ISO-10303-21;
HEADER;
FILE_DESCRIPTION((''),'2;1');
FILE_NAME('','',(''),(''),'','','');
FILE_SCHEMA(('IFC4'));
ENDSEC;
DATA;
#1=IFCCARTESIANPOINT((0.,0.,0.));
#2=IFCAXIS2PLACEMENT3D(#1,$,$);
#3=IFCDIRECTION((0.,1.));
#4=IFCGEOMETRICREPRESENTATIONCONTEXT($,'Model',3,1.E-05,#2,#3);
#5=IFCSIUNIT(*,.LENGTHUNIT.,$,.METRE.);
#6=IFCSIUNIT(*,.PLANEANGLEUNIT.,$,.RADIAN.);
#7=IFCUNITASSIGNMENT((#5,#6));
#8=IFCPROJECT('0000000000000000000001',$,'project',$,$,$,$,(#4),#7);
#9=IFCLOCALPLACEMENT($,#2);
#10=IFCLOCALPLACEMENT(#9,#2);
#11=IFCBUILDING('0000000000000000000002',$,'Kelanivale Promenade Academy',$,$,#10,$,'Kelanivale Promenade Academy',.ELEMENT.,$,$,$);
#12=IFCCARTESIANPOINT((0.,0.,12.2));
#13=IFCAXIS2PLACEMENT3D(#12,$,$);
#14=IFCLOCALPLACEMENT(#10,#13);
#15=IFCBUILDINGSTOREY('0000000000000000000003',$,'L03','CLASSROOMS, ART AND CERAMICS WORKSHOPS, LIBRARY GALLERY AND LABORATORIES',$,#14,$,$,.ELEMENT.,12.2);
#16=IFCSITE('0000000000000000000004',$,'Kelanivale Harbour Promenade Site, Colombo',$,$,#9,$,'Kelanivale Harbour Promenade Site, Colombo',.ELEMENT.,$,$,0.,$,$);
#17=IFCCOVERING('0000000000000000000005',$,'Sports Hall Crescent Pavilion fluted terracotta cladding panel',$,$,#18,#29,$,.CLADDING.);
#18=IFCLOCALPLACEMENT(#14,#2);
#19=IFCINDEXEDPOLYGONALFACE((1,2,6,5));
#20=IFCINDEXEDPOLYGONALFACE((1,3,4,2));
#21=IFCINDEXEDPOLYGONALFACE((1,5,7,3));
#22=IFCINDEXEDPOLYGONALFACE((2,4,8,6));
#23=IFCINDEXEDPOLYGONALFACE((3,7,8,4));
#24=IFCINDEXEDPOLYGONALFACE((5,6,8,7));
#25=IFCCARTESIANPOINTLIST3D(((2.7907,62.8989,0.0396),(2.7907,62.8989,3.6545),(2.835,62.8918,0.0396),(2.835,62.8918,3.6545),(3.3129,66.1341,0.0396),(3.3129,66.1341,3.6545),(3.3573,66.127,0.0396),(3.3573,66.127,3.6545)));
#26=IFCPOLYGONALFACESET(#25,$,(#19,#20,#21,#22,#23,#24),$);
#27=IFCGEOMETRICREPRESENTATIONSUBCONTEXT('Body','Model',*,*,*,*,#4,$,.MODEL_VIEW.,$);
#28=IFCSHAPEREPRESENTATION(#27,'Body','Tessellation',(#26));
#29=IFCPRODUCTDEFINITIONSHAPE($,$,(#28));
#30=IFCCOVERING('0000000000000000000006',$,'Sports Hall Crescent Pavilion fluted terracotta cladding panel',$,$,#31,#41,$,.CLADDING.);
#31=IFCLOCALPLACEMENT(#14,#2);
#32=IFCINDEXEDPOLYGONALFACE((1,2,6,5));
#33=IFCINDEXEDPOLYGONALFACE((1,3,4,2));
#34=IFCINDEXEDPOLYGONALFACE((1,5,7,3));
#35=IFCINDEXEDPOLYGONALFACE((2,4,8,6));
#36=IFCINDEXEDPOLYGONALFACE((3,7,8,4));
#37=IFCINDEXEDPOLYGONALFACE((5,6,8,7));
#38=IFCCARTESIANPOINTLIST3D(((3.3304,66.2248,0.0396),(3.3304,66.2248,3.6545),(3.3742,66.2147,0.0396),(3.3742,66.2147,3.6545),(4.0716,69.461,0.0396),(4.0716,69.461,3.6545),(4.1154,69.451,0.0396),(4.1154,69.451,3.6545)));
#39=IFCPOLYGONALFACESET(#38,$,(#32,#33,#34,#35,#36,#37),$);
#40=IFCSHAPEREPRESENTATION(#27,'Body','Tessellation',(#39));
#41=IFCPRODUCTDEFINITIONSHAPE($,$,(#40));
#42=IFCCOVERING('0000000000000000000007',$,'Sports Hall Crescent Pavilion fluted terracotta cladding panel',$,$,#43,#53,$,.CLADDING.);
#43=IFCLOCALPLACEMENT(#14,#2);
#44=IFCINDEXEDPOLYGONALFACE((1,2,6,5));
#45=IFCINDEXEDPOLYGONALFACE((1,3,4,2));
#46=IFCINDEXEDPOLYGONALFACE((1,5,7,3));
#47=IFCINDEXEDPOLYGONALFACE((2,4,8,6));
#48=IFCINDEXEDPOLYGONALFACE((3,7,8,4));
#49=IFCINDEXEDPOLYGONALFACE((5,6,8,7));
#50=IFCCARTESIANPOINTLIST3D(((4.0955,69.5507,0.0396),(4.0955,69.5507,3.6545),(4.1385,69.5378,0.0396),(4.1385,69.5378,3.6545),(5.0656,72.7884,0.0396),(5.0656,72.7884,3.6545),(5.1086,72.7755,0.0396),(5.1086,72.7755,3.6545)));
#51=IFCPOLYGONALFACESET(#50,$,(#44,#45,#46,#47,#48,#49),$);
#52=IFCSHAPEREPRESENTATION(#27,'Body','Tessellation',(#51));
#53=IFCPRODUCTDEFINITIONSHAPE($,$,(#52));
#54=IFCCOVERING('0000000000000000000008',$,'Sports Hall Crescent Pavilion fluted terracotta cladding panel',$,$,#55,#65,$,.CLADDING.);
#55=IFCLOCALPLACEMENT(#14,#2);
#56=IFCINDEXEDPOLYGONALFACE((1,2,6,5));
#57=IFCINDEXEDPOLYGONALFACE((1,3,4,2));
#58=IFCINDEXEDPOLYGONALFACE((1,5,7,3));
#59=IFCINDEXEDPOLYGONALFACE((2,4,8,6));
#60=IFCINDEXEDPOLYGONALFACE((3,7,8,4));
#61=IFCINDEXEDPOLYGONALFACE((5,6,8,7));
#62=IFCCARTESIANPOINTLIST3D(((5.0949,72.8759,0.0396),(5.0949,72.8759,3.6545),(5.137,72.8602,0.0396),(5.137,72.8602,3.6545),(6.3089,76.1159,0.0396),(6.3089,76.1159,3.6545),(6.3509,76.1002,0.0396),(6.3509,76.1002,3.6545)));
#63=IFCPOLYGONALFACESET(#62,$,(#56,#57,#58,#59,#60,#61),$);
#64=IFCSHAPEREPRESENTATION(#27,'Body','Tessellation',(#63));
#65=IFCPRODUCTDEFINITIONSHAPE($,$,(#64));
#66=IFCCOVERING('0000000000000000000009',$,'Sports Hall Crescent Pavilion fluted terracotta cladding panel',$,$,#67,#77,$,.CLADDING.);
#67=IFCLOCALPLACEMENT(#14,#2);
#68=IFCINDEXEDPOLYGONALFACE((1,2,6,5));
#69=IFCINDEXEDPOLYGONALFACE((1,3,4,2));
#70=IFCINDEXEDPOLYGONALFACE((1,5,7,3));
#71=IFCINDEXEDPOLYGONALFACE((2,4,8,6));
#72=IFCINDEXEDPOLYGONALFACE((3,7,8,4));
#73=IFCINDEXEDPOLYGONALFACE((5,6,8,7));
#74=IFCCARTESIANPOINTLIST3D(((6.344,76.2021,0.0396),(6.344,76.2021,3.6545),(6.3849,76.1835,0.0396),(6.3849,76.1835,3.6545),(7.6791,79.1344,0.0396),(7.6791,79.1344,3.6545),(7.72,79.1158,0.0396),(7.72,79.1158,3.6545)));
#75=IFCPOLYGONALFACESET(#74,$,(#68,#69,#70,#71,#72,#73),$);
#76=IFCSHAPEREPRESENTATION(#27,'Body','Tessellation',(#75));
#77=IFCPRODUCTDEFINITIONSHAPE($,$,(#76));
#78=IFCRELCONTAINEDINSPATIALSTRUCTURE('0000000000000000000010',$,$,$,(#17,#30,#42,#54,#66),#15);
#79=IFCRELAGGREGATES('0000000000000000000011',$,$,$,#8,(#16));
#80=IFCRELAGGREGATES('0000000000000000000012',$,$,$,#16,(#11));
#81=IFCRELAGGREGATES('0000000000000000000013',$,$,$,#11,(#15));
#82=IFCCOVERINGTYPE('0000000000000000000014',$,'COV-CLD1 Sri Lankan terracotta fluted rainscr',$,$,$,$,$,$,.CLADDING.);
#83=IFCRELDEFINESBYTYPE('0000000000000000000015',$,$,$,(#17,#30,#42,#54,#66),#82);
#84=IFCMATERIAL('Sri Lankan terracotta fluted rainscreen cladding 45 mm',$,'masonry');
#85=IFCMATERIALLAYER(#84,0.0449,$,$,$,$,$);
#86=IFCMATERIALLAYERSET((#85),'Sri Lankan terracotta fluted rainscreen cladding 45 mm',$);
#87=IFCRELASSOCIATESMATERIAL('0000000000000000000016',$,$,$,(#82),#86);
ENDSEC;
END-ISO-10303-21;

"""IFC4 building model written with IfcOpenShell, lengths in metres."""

from ifc_helpers import new_model, si_unit, direction, frame, origin, origin_2d, place, context, subcontext, project, spatial, rectangle, extrude, material, layer, layer_set, type_object, element, save


model = new_model("IFC4")

# Units and contexts
model_context = context("Model", 3, precision=1e-05, world=origin(), true_north=direction((0.0, 1.0)))
body_context = subcontext(model_context, "Body", "Model", "MODEL_VIEW")
ifc_project = project(units=[si_unit("LENGTHUNIT", "METRE"), si_unit("PLANEANGLEUNIT", "RADIAN")], contexts=[model_context])

# Site, building, storey
site_placement = place(None, origin())
site = spatial("IfcSite", under=ifc_project, at=site_placement, Name="Kelanivale Harbour Promenade Site, Colombo", LongName="Kelanivale Harbour Promenade Site, Colombo", CompositionType="ELEMENT", RefElevation=0.0)
building_placement = place(site_placement, origin())
building = spatial("IfcBuilding", under=site, at=building_placement, Name="Kelanivale Promenade Academy", LongName="Kelanivale Promenade Academy", CompositionType="ELEMENT")
storey_placement = place(building_placement, frame((0.0, 0.0, 12.2)))
storey = spatial("IfcBuildingStorey", under=building, at=storey_placement, Name="L03", Description="CLASSROOMS, ART AND CERAMICS WORKSHOPS, LIBRARY GALLERY AND LABORATORIES", CompositionType="ELEMENT", Elevation=12.2)

# Coverings
ifc_material_1 = material(Name="Sri Lankan terracotta fluted rainscreen cladding 45 mm", Category="masonry")
ifc_layer_1 = layer(ifc_material_1, 0.0449)
ifc_layer_set_1 = layer_set([ifc_layer_1], Name="Sri Lankan terracotta fluted rainscreen cladding 45 mm")
covering_type = type_object("IfcCoveringType", Name="COV-CLD1 Sri Lankan terracotta fluted rainscr", PredefinedType="CLADDING", material=ifc_layer_set_1)
covering_1_placement = place(storey_placement, frame((3.074, 64.5129, 0.0396), z_axis=(0.0, 0.0, 1.0), x_axis=(-0.159364, -0.98722, 0.0)))
element("IfcCovering", 1, at=covering_1_placement, inside=storey, type_object=covering_type, Name="Sports Hall Crescent Pavilion fluted terracotta cladding panel", PredefinedType="CLADDING", context=body_context, shape_type="SweptSolid", body=[
    extrude(rectangle(XDim=3.2771, YDim=0.0449, at=origin_2d()), origin(), (0.0, 0.0, 1.0), 3.615),
])
covering_2_placement = place(storey_placement, frame((3.7229, 67.8379, 0.0396), z_axis=(0.0, 0.0, 1.0), x_axis=(-0.22325, -0.974761, 0.0)))
element("IfcCovering", 2, at=covering_2_placement, inside=storey, type_object=covering_type, Name="Sports Hall Crescent Pavilion fluted terracotta cladding panel", PredefinedType="CLADDING", context=body_context, shape_type="SweptSolid", body=[
    extrude(rectangle(XDim=3.3201, YDim=0.0449, at=origin_2d()), origin(), (0.0, 0.0, 1.0), 3.615),
])
covering_3_placement = place(storey_placement, frame((4.6021, 71.1631, 0.0396), z_axis=(0.0, 0.0, 1.0), x_axis=(-0.287026, -0.957923, 0.0)))
element("IfcCovering", 3, at=covering_3_placement, inside=storey, type_object=covering_type, Name="Sports Hall Crescent Pavilion fluted terracotta cladding panel", PredefinedType="CLADDING", context=body_context, shape_type="SweptSolid", body=[
    extrude(rectangle(XDim=3.3799, YDim=0.0449, at=origin_2d()), origin(), (0.0, 0.0, 1.0), 3.615),
])
covering_4_placement = place(storey_placement, frame((5.7229, 74.488, 0.0396), z_axis=(0.0, 0.0, 1.0), x_axis=(-0.350861, -0.936427, 0.0)))
element("IfcCovering", 4, at=covering_4_placement, inside=storey, type_object=covering_type, Name="Sports Hall Crescent Pavilion fluted terracotta cladding panel", PredefinedType="CLADDING", context=body_context, shape_type="SweptSolid", body=[
    extrude(rectangle(XDim=3.46, YDim=0.0449, at=origin_2d()), origin(), (0.0, 0.0, 1.0), 3.615),
])
covering_5_placement = place(storey_placement, frame((7.032, 77.6589, 0.0396), z_axis=(0.0, 0.0, 1.0), x_axis=(-0.414376, -0.910106, 0.0)))
element("IfcCovering", 5, at=covering_5_placement, inside=storey, type_object=covering_type, Name="Sports Hall Crescent Pavilion fluted terracotta cladding panel", PredefinedType="CLADDING", context=body_context, shape_type="SweptSolid", body=[
    extrude(rectangle(XDim=3.2219, YDim=0.0449, at=origin_2d()), origin(), (0.0, 0.0, 1.0), 3.615),
])

save(model, "model.ifc")
